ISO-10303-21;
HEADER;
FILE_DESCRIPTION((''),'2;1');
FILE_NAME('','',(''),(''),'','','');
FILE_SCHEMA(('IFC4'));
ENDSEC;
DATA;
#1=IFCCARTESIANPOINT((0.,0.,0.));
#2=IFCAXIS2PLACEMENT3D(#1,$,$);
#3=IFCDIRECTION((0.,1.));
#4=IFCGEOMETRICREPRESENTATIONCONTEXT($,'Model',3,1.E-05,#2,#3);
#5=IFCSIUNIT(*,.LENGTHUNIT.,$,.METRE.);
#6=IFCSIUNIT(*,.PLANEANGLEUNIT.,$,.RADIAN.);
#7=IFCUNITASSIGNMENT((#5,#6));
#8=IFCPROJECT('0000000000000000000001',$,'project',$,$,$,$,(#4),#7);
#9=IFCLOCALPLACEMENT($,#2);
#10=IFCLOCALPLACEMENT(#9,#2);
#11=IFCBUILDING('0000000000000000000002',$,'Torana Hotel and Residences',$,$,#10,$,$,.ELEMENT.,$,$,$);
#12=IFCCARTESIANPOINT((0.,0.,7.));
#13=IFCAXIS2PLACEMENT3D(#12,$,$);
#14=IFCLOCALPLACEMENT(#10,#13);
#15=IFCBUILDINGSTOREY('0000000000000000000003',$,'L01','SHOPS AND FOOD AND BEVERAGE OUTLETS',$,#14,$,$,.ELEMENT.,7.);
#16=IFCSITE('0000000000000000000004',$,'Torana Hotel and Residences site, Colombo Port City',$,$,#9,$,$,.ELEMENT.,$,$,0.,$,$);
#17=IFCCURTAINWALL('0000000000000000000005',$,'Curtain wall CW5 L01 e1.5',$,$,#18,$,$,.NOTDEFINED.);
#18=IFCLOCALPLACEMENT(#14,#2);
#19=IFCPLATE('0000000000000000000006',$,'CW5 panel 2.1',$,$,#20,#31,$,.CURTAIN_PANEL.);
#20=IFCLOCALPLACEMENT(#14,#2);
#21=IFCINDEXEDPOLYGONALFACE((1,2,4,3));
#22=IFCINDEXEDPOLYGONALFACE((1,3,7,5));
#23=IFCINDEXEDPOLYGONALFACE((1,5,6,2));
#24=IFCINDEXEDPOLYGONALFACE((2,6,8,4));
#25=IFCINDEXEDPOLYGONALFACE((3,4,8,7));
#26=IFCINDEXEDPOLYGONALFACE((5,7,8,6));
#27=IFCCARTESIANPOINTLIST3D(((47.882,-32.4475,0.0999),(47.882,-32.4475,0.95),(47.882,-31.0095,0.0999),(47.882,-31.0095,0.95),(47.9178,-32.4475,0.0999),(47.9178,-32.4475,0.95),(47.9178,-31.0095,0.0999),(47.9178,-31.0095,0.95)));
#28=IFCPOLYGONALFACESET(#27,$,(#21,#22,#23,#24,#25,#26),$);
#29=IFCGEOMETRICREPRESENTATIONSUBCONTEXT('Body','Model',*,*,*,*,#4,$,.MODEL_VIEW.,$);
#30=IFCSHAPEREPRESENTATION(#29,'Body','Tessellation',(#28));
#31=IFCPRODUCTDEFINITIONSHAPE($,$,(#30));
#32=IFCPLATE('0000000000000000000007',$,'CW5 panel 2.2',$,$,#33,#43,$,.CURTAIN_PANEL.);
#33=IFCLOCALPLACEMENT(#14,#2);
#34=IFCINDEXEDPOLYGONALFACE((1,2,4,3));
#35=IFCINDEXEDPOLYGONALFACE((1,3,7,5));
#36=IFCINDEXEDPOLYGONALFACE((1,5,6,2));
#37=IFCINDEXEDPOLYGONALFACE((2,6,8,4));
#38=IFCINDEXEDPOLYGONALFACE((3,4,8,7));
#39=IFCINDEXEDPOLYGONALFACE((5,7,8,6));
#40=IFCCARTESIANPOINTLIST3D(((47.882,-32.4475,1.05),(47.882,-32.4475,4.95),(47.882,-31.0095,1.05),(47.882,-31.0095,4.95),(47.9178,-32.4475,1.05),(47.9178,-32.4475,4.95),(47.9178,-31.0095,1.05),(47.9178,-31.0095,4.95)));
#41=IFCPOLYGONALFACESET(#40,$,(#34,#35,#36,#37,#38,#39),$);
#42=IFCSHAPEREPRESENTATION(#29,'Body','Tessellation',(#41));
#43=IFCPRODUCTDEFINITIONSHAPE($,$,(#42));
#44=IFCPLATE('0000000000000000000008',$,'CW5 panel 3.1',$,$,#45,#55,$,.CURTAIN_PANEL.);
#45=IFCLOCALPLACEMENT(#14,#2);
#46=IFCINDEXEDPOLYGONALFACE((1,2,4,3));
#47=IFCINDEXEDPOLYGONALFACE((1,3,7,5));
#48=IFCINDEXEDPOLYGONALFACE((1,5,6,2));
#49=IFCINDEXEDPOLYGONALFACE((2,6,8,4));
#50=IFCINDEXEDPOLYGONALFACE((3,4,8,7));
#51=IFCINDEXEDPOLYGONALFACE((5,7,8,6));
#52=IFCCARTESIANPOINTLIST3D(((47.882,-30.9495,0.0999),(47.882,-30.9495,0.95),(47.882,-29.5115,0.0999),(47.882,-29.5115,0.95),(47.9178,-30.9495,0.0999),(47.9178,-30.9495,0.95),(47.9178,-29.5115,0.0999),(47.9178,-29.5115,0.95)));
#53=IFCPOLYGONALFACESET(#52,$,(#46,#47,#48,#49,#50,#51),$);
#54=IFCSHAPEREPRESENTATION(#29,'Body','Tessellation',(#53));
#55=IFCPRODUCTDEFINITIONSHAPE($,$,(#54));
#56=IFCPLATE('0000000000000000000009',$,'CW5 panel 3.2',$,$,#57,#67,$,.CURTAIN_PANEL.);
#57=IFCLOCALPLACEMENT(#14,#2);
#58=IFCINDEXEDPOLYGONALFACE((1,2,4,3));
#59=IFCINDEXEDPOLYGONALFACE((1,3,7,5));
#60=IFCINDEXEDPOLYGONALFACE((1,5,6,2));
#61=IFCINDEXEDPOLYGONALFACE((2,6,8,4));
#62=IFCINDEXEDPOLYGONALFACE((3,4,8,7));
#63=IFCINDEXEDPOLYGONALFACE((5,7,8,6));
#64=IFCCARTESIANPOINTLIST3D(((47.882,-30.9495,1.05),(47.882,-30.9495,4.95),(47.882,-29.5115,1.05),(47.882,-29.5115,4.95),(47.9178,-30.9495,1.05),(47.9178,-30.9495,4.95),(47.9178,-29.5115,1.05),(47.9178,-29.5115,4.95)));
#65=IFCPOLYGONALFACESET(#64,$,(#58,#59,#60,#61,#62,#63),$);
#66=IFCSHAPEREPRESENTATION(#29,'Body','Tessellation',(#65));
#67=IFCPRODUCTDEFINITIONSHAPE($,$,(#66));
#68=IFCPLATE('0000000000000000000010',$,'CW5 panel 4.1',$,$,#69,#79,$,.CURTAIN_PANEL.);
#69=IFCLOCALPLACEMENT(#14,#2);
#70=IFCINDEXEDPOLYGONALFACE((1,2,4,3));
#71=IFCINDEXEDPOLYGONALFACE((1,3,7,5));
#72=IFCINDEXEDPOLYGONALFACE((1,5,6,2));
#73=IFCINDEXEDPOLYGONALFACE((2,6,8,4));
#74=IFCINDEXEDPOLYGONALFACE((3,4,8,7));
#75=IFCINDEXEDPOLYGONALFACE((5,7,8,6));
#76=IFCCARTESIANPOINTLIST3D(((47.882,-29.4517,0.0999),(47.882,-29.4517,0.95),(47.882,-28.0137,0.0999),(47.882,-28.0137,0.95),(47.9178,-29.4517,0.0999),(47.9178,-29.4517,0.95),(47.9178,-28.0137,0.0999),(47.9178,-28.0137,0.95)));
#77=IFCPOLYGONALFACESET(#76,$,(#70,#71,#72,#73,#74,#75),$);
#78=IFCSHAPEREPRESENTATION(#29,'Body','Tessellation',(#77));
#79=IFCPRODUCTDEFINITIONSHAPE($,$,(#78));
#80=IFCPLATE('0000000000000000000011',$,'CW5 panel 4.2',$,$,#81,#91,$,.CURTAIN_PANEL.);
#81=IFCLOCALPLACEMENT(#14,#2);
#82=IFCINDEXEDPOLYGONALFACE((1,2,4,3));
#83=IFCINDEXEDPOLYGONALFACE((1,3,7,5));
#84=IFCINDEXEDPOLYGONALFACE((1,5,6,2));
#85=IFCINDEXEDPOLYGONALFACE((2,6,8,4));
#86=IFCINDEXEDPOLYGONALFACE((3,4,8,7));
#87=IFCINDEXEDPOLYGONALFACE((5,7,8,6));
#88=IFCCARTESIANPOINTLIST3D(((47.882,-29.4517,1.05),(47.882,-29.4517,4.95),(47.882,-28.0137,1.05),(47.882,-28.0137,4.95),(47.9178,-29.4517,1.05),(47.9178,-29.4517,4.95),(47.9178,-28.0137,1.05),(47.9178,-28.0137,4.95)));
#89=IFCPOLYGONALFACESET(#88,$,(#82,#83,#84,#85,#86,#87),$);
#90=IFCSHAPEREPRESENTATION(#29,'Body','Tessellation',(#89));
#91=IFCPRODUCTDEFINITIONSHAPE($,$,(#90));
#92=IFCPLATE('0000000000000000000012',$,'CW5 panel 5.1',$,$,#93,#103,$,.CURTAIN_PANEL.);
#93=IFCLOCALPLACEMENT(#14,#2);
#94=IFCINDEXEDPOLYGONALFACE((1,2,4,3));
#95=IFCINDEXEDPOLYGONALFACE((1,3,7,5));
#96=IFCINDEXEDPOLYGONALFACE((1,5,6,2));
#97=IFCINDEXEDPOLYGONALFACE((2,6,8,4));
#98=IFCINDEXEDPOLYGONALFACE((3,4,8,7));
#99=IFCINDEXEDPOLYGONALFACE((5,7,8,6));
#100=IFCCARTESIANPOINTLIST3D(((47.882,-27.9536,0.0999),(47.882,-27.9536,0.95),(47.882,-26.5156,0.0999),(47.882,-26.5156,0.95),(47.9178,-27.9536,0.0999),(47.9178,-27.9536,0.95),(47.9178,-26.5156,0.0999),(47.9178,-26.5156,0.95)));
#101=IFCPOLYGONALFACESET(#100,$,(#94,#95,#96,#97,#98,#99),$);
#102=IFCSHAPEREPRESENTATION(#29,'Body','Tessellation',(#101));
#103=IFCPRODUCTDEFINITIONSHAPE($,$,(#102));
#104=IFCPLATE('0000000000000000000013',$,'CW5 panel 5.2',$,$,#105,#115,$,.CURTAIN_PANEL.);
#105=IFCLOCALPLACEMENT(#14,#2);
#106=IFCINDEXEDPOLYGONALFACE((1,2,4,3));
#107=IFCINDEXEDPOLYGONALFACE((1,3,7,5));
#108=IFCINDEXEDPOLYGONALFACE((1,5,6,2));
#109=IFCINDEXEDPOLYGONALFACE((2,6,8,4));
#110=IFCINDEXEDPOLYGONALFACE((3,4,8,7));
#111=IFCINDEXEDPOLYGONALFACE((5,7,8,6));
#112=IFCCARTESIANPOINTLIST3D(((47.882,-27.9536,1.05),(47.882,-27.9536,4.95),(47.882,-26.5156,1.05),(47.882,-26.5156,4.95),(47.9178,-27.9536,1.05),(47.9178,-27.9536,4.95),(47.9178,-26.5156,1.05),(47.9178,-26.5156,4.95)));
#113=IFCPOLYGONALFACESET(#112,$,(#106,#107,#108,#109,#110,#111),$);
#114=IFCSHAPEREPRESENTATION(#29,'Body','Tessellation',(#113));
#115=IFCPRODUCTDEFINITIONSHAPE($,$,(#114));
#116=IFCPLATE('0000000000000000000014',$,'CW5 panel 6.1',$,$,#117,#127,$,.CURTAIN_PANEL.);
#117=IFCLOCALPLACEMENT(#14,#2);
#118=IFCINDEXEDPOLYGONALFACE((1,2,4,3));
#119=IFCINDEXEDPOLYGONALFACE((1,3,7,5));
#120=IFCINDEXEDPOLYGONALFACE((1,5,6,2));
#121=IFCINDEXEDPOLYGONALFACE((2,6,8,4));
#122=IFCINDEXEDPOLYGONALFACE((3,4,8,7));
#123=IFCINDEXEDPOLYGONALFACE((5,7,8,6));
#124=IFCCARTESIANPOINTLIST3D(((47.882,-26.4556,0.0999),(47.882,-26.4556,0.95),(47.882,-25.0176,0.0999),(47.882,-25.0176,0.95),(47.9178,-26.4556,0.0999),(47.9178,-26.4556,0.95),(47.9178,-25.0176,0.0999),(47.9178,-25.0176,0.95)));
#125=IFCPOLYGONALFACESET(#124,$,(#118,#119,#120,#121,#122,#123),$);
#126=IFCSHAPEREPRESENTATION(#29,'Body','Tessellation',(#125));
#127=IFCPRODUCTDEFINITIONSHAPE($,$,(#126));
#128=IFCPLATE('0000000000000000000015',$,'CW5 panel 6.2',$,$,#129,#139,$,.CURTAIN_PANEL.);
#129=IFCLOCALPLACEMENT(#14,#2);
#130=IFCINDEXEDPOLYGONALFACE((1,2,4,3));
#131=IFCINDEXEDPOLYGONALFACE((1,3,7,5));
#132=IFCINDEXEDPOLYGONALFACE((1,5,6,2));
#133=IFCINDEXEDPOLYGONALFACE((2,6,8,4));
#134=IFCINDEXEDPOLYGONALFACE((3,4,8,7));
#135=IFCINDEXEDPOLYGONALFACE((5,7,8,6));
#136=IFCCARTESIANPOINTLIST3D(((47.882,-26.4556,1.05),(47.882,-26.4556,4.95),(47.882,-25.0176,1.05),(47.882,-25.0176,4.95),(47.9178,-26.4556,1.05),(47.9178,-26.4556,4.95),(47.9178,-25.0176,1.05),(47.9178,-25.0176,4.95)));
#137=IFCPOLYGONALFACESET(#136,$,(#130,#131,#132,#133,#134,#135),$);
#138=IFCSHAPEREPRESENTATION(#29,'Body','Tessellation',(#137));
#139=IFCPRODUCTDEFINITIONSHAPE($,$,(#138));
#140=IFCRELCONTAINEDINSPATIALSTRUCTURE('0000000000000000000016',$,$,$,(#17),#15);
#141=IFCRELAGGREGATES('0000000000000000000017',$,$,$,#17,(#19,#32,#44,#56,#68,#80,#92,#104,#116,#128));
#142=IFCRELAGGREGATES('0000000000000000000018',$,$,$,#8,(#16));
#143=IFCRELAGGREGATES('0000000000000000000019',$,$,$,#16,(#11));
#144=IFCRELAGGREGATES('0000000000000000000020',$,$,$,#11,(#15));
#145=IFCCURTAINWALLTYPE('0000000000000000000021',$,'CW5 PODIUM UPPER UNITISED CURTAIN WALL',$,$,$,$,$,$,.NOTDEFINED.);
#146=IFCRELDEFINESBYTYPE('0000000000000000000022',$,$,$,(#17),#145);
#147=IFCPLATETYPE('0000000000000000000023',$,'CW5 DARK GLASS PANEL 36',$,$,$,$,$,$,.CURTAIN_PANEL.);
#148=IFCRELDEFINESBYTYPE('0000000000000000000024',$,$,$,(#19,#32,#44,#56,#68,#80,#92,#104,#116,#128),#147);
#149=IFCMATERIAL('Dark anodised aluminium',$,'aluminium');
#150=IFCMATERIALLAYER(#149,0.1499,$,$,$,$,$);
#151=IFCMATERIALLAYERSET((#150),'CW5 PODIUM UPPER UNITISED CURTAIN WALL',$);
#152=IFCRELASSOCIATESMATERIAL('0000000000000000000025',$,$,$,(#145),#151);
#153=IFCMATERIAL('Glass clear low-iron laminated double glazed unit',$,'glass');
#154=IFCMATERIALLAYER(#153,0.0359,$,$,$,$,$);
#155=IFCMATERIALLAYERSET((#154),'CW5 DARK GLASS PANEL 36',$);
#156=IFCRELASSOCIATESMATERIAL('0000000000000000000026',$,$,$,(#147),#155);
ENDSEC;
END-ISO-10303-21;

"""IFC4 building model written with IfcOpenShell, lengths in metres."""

from ifc_helpers import new_model, si_unit, direction, frame, origin, origin_2d, place, context, subcontext, project, spatial, rectangle, extrude, material, layer, layer_set, type_object, element, aggregate, save


model = new_model("IFC4")

# Units and contexts
model_context = context("Model", 3, precision=1e-05, world=origin(), true_north=direction((0.0, 1.0)))
body_context = subcontext(model_context, "Body", "Model", "MODEL_VIEW")
ifc_project = project(units=[si_unit("LENGTHUNIT", "METRE"), si_unit("PLANEANGLEUNIT", "RADIAN")], contexts=[model_context])

# Site, building, storey
site_placement = place(None, origin())
site = spatial("IfcSite", under=ifc_project, at=site_placement, Name="Torana Hotel and Residences site, Colombo Port City", CompositionType="ELEMENT", RefElevation=0.0)
building_placement = place(site_placement, origin())
building = spatial("IfcBuilding", under=site, at=building_placement, Name="Torana Hotel and Residences", CompositionType="ELEMENT")
storey_placement = place(building_placement, frame((0.0, 0.0, 7.0)))
storey = spatial("IfcBuildingStorey", under=building, at=storey_placement, Name="L01", Description="SHOPS AND FOOD AND BEVERAGE OUTLETS", CompositionType="ELEMENT", Elevation=7.0)

# Curtain wall, plates
ifc_material_1 = material(Name="Dark anodised aluminium", Category="aluminium")
ifc_layer_1 = layer(ifc_material_1, 0.1499)
ifc_layer_set_1 = layer_set([ifc_layer_1], Name="CW5 PODIUM UPPER UNITISED CURTAIN WALL")
curtain_wall_type = type_object("IfcCurtainWallType", Name="CW5 PODIUM UPPER UNITISED CURTAIN WALL", PredefinedType="NOTDEFINED", material=ifc_layer_set_1)
curtain_wall_placement = place(storey_placement, origin())
curtain_wall = element("IfcCurtainWall", 1, at=curtain_wall_placement, inside=storey, type_object=curtain_wall_type, Name="Curtain wall CW5 L01 e1.5", PredefinedType="NOTDEFINED")
ifc_material_2 = material(Name="Glass clear low-iron laminated double glazed unit", Category="glass")
ifc_layer_2 = layer(ifc_material_2, 0.0359)
ifc_layer_set_2 = layer_set([ifc_layer_2], Name="CW5 DARK GLASS PANEL 36")
plate_type = type_object("IfcPlateType", Name="CW5 DARK GLASS PANEL 36", PredefinedType="CURTAIN_PANEL", material=ifc_layer_set_2)
plate_1_placement = place(storey_placement, frame((47.8999, -31.7285, 0.0999), z_axis=(0.0, 0.0, 1.0), x_axis=(0.0, 1.0, 0.0)))
plate_1 = element("IfcPlate", 2, at=plate_1_placement, type_object=plate_type, Name="CW5 panel 2.1", PredefinedType="CURTAIN_PANEL", context=body_context, shape_type="SweptSolid", body=[
    extrude(rectangle(XDim=1.438, YDim=0.0359, at=origin_2d()), origin(), (0.0, 0.0, 1.0), 0.8501),
])
plate_2_placement = place(storey_placement, frame((47.8999, -31.7285, 1.05), z_axis=(0.0, 0.0, 1.0), x_axis=(0.0, 1.0, 0.0)))
plate_2 = element("IfcPlate", 3, at=plate_2_placement, type_object=plate_type, Name="CW5 panel 2.2", PredefinedType="CURTAIN_PANEL", context=body_context, shape_type="SweptSolid", body=[
    extrude(rectangle(XDim=1.438, YDim=0.0359, at=origin_2d()), origin(), (0.0, 0.0, 1.0), 3.8999),
])
plate_3_placement = place(storey_placement, frame((47.8999, -30.2305, 0.0999), z_axis=(0.0, 0.0, 1.0), x_axis=(0.0, 1.0, 0.0)))
plate_3 = element("IfcPlate", 4, at=plate_3_placement, type_object=plate_type, Name="CW5 panel 3.1", PredefinedType="CURTAIN_PANEL", context=body_context, shape_type="SweptSolid", body=[
    extrude(rectangle(XDim=1.438, YDim=0.0359, at=origin_2d()), origin(), (0.0, 0.0, 1.0), 0.8501),
])
plate_4_placement = place(storey_placement, frame((47.8999, -30.2305, 1.05), z_axis=(0.0, 0.0, 1.0), x_axis=(0.0, 1.0, 0.0)))
plate_4 = element("IfcPlate", 5, at=plate_4_placement, type_object=plate_type, Name="CW5 panel 3.2", PredefinedType="CURTAIN_PANEL", context=body_context, shape_type="SweptSolid", body=[
    extrude(rectangle(XDim=1.438, YDim=0.0359, at=origin_2d()), origin(), (0.0, 0.0, 1.0), 3.8999),
])
plate_5_placement = place(storey_placement, frame((47.8999, -28.7327, 0.0999), z_axis=(0.0, 0.0, 1.0), x_axis=(0.0, 1.0, 0.0)))
plate_5 = element("IfcPlate", 6, at=plate_5_placement, type_object=plate_type, Name="CW5 panel 4.1", PredefinedType="CURTAIN_PANEL", context=body_context, shape_type="SweptSolid", body=[
    extrude(rectangle(XDim=1.438, YDim=0.0359, at=origin_2d()), origin(), (0.0, 0.0, 1.0), 0.8501),
])
plate_6_placement = place(storey_placement, frame((47.8999, -28.7327, 1.05), z_axis=(0.0, 0.0, 1.0), x_axis=(0.0, 1.0, 0.0)))
plate_6 = element("IfcPlate", 7, at=plate_6_placement, type_object=plate_type, Name="CW5 panel 4.2", PredefinedType="CURTAIN_PANEL", context=body_context, shape_type="SweptSolid", body=[
    extrude(rectangle(XDim=1.438, YDim=0.0359, at=origin_2d()), origin(), (0.0, 0.0, 1.0), 3.8999),
])
plate_7_placement = place(storey_placement, frame((47.8999, -27.2346, 0.0999), z_axis=(0.0, 0.0, 1.0), x_axis=(0.0, 1.0, 0.0)))
plate_7 = element("IfcPlate", 8, at=plate_7_placement, type_object=plate_type, Name="CW5 panel 5.1", PredefinedType="CURTAIN_PANEL", context=body_context, shape_type="SweptSolid", body=[
    extrude(rectangle(XDim=1.438, YDim=0.0359, at=origin_2d()), origin(), (0.0, 0.0, 1.0), 0.8501),
])
plate_8_placement = place(storey_placement, frame((47.8999, -27.2346, 1.05), z_axis=(0.0, 0.0, 1.0), x_axis=(0.0, 1.0, 0.0)))
plate_8 = element("IfcPlate", 9, at=plate_8_placement, type_object=plate_type, Name="CW5 panel 5.2", PredefinedType="CURTAIN_PANEL", context=body_context, shape_type="SweptSolid", body=[
    extrude(rectangle(XDim=1.438, YDim=0.0359, at=origin_2d()), origin(), (0.0, 0.0, 1.0), 3.8999),
])
plate_9_placement = place(storey_placement, frame((47.8999, -25.7366, 0.0999), z_axis=(0.0, 0.0, 1.0), x_axis=(0.0, 1.0, 0.0)))
plate_9 = element("IfcPlate", 10, at=plate_9_placement, type_object=plate_type, Name="CW5 panel 6.1", PredefinedType="CURTAIN_PANEL", context=body_context, shape_type="SweptSolid", body=[
    extrude(rectangle(XDim=1.438, YDim=0.0359, at=origin_2d()), origin(), (0.0, 0.0, 1.0), 0.8501),
])
plate_10_placement = place(storey_placement, frame((47.8999, -25.7366, 1.05), z_axis=(0.0, 0.0, 1.0), x_axis=(0.0, 1.0, 0.0)))
plate_10 = element("IfcPlate", 11, at=plate_10_placement, type_object=plate_type, Name="CW5 panel 6.2", PredefinedType="CURTAIN_PANEL", context=body_context, shape_type="SweptSolid", body=[
    extrude(rectangle(XDim=1.438, YDim=0.0359, at=origin_2d()), origin(), (0.0, 0.0, 1.0), 3.8999),
])
aggregate(curtain_wall, [plate_1, plate_2, plate_3, plate_4, plate_5, plate_6, plate_7, plate_8, plate_9, plate_10])

save(model, "model.ifc")
